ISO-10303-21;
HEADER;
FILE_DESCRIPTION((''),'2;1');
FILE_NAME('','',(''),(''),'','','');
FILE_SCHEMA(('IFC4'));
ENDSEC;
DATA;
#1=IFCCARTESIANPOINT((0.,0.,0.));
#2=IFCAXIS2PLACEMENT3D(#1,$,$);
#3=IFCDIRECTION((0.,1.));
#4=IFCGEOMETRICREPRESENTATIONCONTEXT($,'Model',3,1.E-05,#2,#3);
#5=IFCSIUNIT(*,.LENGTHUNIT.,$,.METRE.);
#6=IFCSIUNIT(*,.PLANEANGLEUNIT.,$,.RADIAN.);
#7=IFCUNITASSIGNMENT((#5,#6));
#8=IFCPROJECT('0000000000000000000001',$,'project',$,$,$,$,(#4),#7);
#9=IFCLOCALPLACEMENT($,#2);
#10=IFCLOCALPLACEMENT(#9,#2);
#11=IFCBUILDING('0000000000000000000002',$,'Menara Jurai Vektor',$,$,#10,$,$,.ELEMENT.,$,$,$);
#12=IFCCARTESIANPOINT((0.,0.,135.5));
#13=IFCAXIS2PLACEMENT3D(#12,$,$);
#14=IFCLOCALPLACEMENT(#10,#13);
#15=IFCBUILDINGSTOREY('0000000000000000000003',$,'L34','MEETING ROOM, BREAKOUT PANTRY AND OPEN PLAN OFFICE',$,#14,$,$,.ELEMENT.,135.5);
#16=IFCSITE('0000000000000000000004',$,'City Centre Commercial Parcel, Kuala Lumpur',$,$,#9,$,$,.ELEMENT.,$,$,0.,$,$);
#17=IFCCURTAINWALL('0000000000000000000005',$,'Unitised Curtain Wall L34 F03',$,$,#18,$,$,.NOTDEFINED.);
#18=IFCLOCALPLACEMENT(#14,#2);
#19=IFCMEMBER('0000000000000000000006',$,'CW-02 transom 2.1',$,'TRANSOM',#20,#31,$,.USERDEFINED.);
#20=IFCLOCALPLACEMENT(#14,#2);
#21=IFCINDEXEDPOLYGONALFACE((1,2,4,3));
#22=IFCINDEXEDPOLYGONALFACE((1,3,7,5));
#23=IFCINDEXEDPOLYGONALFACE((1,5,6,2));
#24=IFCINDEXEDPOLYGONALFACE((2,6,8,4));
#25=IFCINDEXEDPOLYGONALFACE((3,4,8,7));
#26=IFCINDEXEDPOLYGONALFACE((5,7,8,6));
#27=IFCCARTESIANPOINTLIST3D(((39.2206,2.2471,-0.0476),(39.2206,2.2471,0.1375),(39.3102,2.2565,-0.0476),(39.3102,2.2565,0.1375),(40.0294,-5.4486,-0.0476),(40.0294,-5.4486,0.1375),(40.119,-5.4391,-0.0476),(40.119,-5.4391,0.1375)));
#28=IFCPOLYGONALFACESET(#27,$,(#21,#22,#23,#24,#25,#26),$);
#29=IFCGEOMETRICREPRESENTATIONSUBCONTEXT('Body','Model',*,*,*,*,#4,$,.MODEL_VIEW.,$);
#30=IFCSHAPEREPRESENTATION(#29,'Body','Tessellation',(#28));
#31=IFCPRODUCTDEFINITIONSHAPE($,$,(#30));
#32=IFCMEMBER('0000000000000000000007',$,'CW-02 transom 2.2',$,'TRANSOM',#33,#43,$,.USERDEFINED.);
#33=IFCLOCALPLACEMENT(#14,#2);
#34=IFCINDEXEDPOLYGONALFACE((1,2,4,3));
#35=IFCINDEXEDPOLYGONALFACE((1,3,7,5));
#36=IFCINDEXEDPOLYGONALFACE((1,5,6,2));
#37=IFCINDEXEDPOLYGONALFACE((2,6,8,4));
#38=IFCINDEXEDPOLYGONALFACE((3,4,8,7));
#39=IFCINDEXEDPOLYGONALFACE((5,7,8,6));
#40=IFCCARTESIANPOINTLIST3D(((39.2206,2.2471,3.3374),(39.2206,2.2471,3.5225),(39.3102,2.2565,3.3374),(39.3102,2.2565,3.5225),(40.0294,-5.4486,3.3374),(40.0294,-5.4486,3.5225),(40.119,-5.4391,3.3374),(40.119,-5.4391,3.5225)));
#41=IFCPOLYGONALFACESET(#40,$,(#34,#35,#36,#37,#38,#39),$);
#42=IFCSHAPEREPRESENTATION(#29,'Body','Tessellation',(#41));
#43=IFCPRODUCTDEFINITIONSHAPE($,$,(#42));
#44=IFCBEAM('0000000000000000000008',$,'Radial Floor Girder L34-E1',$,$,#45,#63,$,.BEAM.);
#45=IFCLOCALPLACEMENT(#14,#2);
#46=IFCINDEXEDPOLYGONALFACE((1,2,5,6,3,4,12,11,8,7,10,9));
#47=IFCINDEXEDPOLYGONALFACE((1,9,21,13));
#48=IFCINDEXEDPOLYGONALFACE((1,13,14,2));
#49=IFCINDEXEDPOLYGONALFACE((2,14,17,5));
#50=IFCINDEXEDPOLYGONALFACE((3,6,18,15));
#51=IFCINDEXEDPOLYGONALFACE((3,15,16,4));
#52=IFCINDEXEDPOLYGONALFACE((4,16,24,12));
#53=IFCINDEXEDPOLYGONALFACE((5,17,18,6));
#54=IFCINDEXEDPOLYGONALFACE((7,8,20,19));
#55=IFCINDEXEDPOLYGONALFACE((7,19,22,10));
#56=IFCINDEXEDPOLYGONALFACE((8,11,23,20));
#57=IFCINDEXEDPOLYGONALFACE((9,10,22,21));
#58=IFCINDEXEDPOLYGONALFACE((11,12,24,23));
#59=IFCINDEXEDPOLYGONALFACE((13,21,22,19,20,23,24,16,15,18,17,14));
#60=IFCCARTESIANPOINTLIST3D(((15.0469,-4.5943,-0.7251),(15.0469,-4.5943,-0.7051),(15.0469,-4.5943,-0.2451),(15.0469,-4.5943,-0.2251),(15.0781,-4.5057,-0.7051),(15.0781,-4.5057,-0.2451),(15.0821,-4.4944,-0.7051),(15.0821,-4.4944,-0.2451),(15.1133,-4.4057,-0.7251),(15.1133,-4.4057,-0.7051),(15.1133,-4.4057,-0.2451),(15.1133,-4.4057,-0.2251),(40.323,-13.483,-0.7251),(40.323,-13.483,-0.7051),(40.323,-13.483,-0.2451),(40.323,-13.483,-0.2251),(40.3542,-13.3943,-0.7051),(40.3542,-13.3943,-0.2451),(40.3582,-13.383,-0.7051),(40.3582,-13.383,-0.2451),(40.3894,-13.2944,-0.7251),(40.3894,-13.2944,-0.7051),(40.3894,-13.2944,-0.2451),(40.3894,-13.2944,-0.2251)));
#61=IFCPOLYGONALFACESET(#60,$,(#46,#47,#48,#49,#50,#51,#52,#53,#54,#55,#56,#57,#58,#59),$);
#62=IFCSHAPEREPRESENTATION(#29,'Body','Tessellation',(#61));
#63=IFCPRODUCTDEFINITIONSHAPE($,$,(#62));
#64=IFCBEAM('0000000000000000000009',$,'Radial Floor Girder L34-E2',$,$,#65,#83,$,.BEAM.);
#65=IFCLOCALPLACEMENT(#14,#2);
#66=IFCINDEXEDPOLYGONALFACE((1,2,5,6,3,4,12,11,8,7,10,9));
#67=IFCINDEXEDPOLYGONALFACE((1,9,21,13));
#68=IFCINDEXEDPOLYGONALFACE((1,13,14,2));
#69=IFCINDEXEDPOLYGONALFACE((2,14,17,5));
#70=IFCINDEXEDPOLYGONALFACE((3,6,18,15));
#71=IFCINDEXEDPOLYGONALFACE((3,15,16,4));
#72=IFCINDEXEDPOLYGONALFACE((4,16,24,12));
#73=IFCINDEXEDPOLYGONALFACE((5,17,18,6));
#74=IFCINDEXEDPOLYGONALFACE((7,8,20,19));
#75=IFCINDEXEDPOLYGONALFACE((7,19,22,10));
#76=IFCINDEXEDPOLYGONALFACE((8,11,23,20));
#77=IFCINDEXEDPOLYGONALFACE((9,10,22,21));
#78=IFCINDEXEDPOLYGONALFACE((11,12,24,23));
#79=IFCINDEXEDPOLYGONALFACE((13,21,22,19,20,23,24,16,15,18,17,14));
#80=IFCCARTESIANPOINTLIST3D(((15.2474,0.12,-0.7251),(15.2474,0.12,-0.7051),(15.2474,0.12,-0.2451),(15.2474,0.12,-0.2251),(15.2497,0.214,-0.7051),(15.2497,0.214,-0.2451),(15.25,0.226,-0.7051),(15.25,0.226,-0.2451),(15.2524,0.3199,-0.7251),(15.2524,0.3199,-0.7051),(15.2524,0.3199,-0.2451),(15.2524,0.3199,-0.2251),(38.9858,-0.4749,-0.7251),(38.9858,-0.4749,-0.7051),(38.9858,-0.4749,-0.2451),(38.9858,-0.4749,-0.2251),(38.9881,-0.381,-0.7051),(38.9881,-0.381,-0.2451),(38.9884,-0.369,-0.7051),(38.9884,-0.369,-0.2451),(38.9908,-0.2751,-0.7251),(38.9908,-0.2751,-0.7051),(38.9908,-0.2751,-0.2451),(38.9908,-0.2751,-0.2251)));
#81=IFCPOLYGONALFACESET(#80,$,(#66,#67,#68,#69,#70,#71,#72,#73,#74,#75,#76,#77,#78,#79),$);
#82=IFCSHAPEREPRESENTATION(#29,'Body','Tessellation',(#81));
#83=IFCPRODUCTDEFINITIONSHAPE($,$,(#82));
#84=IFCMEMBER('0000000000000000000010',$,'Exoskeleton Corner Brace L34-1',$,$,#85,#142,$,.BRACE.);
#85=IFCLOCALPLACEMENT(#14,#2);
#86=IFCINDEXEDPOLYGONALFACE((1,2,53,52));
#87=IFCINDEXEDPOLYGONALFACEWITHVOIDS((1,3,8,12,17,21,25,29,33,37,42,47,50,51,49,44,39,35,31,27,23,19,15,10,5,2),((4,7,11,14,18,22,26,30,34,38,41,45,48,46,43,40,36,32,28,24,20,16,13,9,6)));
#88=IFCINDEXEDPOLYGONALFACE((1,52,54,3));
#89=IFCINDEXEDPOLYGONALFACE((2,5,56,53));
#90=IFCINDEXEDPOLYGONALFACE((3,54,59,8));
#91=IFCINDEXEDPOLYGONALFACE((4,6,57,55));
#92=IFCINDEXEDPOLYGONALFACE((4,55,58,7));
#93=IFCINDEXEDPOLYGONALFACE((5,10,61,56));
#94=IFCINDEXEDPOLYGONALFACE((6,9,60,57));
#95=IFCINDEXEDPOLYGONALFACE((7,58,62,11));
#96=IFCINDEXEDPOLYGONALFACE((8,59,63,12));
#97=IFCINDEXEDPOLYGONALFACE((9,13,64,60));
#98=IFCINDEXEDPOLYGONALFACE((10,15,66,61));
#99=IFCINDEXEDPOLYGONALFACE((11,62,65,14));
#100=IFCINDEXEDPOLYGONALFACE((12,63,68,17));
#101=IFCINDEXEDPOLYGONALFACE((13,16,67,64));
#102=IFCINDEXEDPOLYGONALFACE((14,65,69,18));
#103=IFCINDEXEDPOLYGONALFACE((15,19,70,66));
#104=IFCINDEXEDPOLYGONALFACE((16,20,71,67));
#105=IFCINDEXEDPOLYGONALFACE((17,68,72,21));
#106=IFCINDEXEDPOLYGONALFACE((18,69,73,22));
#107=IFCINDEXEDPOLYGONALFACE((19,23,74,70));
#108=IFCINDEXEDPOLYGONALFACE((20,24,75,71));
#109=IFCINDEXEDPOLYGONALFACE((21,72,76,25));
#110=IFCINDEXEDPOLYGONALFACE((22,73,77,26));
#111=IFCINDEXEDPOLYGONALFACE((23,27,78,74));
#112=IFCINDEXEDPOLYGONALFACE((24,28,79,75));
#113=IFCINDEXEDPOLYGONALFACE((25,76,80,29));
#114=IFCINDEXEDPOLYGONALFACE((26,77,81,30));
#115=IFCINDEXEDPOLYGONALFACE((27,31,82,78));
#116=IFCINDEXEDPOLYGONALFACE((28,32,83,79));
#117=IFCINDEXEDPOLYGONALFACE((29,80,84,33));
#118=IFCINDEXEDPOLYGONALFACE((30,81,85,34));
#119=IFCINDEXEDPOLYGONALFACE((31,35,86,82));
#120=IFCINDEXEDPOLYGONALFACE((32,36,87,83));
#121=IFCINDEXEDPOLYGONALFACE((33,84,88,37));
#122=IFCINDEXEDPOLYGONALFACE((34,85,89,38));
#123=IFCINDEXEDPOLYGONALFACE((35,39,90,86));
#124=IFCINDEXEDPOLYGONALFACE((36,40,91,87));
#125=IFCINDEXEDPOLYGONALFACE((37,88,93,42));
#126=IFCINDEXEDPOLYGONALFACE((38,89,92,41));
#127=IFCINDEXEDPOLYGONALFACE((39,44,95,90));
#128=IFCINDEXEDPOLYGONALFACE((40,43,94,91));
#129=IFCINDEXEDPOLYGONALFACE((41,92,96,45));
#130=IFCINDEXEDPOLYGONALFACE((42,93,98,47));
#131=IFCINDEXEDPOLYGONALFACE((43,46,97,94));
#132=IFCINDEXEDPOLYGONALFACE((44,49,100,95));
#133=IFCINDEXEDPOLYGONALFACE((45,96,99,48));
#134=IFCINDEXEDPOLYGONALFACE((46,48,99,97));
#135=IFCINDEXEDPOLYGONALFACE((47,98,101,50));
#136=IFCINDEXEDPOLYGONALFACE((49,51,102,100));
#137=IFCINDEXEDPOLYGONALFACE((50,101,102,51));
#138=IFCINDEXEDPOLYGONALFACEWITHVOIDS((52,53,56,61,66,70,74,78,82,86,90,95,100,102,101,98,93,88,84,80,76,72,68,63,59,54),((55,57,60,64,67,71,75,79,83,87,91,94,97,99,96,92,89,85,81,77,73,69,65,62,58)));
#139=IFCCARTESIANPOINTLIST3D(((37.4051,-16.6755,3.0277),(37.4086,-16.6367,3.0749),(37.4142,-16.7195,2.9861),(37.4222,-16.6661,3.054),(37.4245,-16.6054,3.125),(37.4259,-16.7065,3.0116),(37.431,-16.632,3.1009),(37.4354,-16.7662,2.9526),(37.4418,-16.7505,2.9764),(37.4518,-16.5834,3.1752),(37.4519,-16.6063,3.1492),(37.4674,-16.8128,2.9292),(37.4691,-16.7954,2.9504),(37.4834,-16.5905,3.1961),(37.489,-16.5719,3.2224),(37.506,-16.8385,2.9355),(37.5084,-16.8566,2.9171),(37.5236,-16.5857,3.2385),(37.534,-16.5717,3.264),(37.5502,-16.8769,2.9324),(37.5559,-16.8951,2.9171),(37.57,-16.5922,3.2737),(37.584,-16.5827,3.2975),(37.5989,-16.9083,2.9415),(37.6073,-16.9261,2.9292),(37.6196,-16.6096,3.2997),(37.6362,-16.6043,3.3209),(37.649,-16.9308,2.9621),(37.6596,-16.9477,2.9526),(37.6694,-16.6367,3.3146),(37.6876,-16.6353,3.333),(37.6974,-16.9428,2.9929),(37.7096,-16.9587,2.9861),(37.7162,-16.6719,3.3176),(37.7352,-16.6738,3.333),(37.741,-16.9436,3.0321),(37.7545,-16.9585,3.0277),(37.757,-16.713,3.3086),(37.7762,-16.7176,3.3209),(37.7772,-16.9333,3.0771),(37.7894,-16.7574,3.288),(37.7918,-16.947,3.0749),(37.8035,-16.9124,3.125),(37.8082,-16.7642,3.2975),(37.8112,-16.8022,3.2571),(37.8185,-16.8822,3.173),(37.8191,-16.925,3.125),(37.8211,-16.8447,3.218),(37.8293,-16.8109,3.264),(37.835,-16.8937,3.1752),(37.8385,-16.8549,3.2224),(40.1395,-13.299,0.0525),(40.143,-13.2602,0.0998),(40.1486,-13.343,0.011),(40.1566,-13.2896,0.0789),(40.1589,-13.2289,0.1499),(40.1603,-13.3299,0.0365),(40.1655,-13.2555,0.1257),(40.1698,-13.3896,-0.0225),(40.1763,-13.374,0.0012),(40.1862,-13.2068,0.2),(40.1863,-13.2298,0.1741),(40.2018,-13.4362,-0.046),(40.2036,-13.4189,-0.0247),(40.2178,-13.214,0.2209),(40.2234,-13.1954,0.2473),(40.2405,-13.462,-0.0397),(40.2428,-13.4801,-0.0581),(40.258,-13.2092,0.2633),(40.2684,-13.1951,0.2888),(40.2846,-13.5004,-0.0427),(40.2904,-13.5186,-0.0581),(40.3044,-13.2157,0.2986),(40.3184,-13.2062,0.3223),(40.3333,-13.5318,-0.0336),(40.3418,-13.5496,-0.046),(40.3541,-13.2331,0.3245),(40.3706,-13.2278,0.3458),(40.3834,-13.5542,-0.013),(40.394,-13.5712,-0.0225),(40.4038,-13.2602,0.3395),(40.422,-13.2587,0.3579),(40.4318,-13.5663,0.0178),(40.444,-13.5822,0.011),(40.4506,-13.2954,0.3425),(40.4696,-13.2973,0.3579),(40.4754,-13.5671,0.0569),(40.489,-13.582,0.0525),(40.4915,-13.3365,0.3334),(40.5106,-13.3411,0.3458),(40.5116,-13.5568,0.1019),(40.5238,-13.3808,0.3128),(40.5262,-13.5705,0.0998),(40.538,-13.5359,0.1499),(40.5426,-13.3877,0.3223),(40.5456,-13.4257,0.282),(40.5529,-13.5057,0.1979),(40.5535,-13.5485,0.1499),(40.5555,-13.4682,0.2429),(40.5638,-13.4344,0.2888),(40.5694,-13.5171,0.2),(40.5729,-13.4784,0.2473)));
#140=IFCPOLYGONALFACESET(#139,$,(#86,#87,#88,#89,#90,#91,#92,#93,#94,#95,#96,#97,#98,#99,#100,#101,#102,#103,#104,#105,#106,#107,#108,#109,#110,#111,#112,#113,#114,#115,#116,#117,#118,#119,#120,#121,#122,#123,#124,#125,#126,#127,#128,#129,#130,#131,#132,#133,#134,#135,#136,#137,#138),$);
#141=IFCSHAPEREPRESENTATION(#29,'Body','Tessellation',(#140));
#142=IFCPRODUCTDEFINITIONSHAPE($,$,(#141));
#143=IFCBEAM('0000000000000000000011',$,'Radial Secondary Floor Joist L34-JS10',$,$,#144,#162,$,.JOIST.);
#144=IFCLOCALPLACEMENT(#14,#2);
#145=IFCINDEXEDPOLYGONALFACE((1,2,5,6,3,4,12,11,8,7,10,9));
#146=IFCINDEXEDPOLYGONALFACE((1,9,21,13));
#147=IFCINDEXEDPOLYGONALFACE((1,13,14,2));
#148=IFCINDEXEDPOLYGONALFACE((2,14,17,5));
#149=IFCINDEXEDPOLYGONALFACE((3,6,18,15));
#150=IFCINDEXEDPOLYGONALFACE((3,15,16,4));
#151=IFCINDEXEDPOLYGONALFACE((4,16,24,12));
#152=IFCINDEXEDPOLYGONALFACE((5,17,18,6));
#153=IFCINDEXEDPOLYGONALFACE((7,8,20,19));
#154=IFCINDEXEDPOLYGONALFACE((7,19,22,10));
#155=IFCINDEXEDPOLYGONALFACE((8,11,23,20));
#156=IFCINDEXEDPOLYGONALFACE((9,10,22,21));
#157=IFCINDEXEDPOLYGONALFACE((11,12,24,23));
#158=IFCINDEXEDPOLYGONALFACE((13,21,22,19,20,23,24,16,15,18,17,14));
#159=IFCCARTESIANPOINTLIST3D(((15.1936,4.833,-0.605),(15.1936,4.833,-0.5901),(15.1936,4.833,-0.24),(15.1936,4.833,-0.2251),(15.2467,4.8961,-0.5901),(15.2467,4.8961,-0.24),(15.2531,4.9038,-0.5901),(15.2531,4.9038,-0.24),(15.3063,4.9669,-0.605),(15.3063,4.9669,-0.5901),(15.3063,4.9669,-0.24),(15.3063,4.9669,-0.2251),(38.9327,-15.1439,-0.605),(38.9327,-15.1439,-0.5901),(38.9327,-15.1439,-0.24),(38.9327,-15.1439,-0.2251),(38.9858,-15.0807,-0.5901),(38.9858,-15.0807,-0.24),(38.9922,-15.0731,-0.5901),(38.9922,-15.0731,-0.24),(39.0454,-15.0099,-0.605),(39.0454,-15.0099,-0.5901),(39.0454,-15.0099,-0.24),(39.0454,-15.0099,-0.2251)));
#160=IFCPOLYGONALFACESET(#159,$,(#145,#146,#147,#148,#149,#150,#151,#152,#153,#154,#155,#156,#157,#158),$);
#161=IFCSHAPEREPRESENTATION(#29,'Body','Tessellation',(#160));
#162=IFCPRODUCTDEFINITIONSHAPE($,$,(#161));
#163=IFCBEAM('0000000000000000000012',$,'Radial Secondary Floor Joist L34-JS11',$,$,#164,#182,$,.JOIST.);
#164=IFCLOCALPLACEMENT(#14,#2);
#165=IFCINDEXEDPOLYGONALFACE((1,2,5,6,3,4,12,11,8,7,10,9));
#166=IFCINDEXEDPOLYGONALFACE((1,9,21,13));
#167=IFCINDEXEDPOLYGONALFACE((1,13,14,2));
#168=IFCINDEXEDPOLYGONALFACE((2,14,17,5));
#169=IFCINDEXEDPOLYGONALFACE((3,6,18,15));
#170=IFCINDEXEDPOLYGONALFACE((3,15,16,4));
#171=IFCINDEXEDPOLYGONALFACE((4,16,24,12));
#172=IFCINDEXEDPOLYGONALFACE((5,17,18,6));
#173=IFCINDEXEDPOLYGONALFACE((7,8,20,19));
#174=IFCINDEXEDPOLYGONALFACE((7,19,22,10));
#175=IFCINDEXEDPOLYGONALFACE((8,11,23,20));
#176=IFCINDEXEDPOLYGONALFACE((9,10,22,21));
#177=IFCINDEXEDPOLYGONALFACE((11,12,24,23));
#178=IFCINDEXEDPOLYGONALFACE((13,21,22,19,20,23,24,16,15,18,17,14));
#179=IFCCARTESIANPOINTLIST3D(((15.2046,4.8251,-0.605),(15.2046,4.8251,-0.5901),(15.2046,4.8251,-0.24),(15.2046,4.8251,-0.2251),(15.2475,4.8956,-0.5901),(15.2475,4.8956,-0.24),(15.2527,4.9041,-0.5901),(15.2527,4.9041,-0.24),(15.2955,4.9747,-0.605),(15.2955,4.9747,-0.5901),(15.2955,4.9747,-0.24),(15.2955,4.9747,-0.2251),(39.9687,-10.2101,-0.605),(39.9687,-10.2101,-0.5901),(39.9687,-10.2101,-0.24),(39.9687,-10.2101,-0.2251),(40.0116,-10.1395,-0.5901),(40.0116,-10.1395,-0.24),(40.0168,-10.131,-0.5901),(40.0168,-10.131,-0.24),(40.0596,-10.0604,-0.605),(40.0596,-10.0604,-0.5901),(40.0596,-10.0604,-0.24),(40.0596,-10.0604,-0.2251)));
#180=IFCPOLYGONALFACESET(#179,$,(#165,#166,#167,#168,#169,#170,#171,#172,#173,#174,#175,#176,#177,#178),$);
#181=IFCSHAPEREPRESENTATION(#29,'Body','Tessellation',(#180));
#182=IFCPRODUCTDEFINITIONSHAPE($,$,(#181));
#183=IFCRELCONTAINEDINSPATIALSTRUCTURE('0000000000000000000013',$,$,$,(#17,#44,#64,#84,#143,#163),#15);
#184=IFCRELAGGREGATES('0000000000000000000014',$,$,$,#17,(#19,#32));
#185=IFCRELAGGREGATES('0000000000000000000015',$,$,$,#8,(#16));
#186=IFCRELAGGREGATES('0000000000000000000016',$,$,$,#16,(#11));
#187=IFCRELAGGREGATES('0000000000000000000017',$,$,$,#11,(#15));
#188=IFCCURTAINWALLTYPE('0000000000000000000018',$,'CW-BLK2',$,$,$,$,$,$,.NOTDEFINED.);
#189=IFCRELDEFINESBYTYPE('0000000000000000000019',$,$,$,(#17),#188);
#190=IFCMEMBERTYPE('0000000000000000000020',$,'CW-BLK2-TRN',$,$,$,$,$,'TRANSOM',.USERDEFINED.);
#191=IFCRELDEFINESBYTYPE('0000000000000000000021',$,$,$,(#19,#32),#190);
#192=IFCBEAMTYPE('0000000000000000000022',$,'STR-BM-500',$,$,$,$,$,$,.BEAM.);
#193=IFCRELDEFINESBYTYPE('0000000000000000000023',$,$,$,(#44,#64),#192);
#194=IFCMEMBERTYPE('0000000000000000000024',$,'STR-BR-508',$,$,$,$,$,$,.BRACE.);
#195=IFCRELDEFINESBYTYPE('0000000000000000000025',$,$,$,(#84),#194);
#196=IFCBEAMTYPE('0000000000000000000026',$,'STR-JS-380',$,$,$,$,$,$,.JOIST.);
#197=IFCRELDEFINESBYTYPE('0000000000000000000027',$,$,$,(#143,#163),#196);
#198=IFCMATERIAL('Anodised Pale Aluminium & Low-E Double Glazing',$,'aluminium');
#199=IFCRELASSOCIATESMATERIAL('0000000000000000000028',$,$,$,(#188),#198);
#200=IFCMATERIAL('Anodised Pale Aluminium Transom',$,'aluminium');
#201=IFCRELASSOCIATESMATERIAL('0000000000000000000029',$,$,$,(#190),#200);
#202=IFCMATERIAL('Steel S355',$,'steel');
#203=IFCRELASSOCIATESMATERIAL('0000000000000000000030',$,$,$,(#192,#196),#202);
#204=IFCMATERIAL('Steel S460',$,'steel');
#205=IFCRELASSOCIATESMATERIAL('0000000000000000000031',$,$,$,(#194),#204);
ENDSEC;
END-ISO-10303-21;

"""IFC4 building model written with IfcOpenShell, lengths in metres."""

from ifc_helpers import new_model, si_unit, direction, frame, origin, origin_2d, place, context, subcontext, project, spatial, rectangle, hollow_circle, i_section, extrude, material, material_profile, profile_set, type_object, element, aggregate, save


model = new_model("IFC4")

# Units and contexts
model_context = context("Model", 3, precision=1e-05, world=origin(), true_north=direction((0.0, 1.0)))
body_context = subcontext(model_context, "Body", "Model", "MODEL_VIEW")
ifc_project = project(units=[si_unit("LENGTHUNIT", "METRE"), si_unit("PLANEANGLEUNIT", "RADIAN")], contexts=[model_context])

# Site, building, storey
site_placement = place(None, origin())
site = spatial("IfcSite", under=ifc_project, at=site_placement, Name="City Centre Commercial Parcel, Kuala Lumpur", CompositionType="ELEMENT", RefElevation=0.0)
building_placement = place(site_placement, origin())
building = spatial("IfcBuilding", under=site, at=building_placement, Name="Menara Jurai Vektor", CompositionType="ELEMENT")
storey_placement = place(building_placement, frame((0.0, 0.0, 135.5)))
storey = spatial("IfcBuildingStorey", under=building, at=storey_placement, Name="L34", Description="MEETING ROOM, BREAKOUT PANTRY AND OPEN PLAN OFFICE", CompositionType="ELEMENT", Elevation=135.5)

# Shared definitions
ifc_material_1 = material(Name="Steel S460", Category="steel")

# Shared definitions
ifc_material_2 = material(Name="Anodised Pale Aluminium & Low-E Double Glazing", Category="aluminium")
curtain_wall_type = type_object("IfcCurtainWallType", Name="CW-BLK2", PredefinedType="NOTDEFINED", material=ifc_material_2)

# Curtain wall
curtain_wall_1_placement = place(storey_placement, origin())
curtain_wall_1 = element("IfcCurtainWall", 1, at=curtain_wall_1_placement, inside=storey, type_object=curtain_wall_type, Name="Unitised Curtain Wall L34 F03", PredefinedType="NOTDEFINED")

# Members
ifc_material_3 = material(Name="Anodised Pale Aluminium Transom", Category="aluminium")
ifc_material_profile_1 = material_profile(ifc_material_3, rectangle(XDim=0.0901, YDim=0.1851, at=origin_2d()), Name="ALU TRN 90x185")
ifc_profile_set_1 = profile_set([ifc_material_profile_1], Name="Anodised Pale Aluminium Transom")
member_type_1 = type_object("IfcMemberType", Name="CW-BLK2-TRN", ElementType="TRANSOM", PredefinedType="USERDEFINED", material=ifc_profile_set_1)
member_1_placement = place(storey_placement, frame((40.0742, -5.4438, 0.0449), z_axis=(-0.104529, 0.994522, 0.0), x_axis=(-0.994522, -0.104529, 0.0)))
member_1 = element("IfcMember", 2, at=member_1_placement, type_object=member_type_1, Name="CW-02 transom 2.1", ObjectType="TRANSOM", PredefinedType="USERDEFINED", context=body_context, shape_type="SweptSolid", body=[
    extrude(rectangle(XDim=0.0901, YDim=0.1851, at=origin_2d()), origin(), (0.0, 0.0, 1.0), 7.738),
])
member_2_placement = place(storey_placement, frame((40.0742, -5.4438, 3.4299), z_axis=(-0.104529, 0.994522, 0.0), x_axis=(-0.994522, -0.104529, 0.0)))
member_2 = element("IfcMember", 3, at=member_2_placement, type_object=member_type_1, Name="CW-02 transom 2.2", ObjectType="TRANSOM", PredefinedType="USERDEFINED", context=body_context, shape_type="SweptSolid", body=[
    extrude(rectangle(XDim=0.0901, YDim=0.1851, at=origin_2d()), origin(), (0.0, 0.0, 1.0), 7.738),
])

# Beams
ifc_material_4 = material(Name="Steel S355", Category="steel")
ifc_material_profile_2 = material_profile(ifc_material_4, i_section(OverallWidth=0.2, OverallDepth=0.5, WebThickness=0.012, FlangeThickness=0.02, at=origin_2d()), Name="PG 500x200x96")
ifc_profile_set_2 = profile_set([ifc_material_profile_2], Name="Steel S355")
beam_type_1 = type_object("IfcBeamType", Name="STR-BM-500", PredefinedType="BEAM", material=ifc_profile_set_2)
beam_1_placement = place(storey_placement, frame((40.3562, -13.3887, -0.4751), z_axis=(-0.943368, 0.331747, 0.0), x_axis=(-0.331747, -0.943368, 0.0)))
element("IfcBeam", 4, at=beam_1_placement, inside=storey, type_object=beam_type_1, Name="Radial Floor Girder L34-E1", PredefinedType="BEAM", context=body_context, shape_type="SweptSolid", body=[
    extrude(i_section(OverallWidth=0.2, OverallDepth=0.5, WebThickness=0.012, FlangeThickness=0.02, at=origin_2d()), origin(), (0.0, 0.0, 1.0), 26.7935),
])
beam_2_placement = place(storey_placement, frame((38.9883, -0.375, -0.4751), z_axis=(-0.999686, 0.025056, 0.0), x_axis=(-0.025056, -0.999686, 0.0)))
element("IfcBeam", 5, at=beam_2_placement, inside=storey, type_object=beam_type_1, Name="Radial Floor Girder L34-E2", PredefinedType="BEAM", context=body_context, shape_type="SweptSolid", body=[
    extrude(i_section(OverallWidth=0.2, OverallDepth=0.5, WebThickness=0.012, FlangeThickness=0.02, at=origin_2d()), origin(), (0.0, 0.0, 1.0), 23.7458),
])

# Member
ifc_material_profile_3 = material_profile(ifc_material_1, hollow_circle(Radius=0.2539, WallThickness=0.02, at=origin_2d()), Name="CHS 508x20")
ifc_profile_set_3 = profile_set([ifc_material_profile_3], Name="Steel S460")
member_type_2 = type_object("IfcMemberType", Name="STR-BR-508", PredefinedType="BRACE", material=ifc_profile_set_3)
member_3_placement = place(storey_placement, frame((40.3562, -13.3887, 0.1499), z_axis=(-0.519272, -0.641208, 0.564986), x_axis=(0.777127, -0.629344, 0.0)))
element("IfcMember", 6, at=member_3_placement, inside=storey, type_object=member_type_2, Name="Exoskeleton Corner Brace L34-1", PredefinedType="BRACE", context=body_context, shape_type="SweptSolid", body=[
    extrude(hollow_circle(Radius=0.2539, WallThickness=0.02, at=origin_2d()), origin(), (0.0, 0.0, 1.0), 5.2659),
])

# Beams
ifc_material_profile_4 = material_profile(ifc_material_4, i_section(OverallWidth=0.175, OverallDepth=0.3799, WebThickness=0.01, FlangeThickness=0.0149, at=origin_2d()), Name="PG 380x175x58")
ifc_profile_set_4 = profile_set([ifc_material_profile_4], Name="Steel S355")
beam_type_2 = type_object("IfcBeamType", Name="STR-JS-380", PredefinedType="JOIST", material=ifc_profile_set_4)
beam_3_placement = place(storey_placement, frame((38.989, -15.0769, -0.415), z_axis=(-0.765133, 0.643873, 0.0), x_axis=(-0.643873, -0.765133, 0.0)))
element("IfcBeam", 7, at=beam_3_placement, inside=storey, type_object=beam_type_2, Name="Radial Secondary Floor Joist L34-JS10", PredefinedType="JOIST", context=body_context, shape_type="SweptSolid", body=[
    extrude(i_section(OverallWidth=0.175, OverallDepth=0.3799, WebThickness=0.01, FlangeThickness=0.0149, at=origin_2d()), origin(), (0.0, 0.0, 1.0), 31.0261),
])
beam_4_placement = place(storey_placement, frame((40.0142, -10.1353, -0.415), z_axis=(-0.854791, 0.518972, 0.0), x_axis=(-0.518972, -0.854791, 0.0)))
element("IfcBeam", 8, at=beam_4_placement, inside=storey, type_object=beam_type_2, Name="Radial Secondary Floor Joist L34-JS11", PredefinedType="JOIST", context=body_context, shape_type="SweptSolid", body=[
    extrude(i_section(OverallWidth=0.175, OverallDepth=0.3799, WebThickness=0.01, FlangeThickness=0.0149, at=origin_2d()), origin(), (0.0, 0.0, 1.0), 28.9709),
])

aggregate(curtain_wall_1, [member_1, member_2])

save(model, "model.ifc")
